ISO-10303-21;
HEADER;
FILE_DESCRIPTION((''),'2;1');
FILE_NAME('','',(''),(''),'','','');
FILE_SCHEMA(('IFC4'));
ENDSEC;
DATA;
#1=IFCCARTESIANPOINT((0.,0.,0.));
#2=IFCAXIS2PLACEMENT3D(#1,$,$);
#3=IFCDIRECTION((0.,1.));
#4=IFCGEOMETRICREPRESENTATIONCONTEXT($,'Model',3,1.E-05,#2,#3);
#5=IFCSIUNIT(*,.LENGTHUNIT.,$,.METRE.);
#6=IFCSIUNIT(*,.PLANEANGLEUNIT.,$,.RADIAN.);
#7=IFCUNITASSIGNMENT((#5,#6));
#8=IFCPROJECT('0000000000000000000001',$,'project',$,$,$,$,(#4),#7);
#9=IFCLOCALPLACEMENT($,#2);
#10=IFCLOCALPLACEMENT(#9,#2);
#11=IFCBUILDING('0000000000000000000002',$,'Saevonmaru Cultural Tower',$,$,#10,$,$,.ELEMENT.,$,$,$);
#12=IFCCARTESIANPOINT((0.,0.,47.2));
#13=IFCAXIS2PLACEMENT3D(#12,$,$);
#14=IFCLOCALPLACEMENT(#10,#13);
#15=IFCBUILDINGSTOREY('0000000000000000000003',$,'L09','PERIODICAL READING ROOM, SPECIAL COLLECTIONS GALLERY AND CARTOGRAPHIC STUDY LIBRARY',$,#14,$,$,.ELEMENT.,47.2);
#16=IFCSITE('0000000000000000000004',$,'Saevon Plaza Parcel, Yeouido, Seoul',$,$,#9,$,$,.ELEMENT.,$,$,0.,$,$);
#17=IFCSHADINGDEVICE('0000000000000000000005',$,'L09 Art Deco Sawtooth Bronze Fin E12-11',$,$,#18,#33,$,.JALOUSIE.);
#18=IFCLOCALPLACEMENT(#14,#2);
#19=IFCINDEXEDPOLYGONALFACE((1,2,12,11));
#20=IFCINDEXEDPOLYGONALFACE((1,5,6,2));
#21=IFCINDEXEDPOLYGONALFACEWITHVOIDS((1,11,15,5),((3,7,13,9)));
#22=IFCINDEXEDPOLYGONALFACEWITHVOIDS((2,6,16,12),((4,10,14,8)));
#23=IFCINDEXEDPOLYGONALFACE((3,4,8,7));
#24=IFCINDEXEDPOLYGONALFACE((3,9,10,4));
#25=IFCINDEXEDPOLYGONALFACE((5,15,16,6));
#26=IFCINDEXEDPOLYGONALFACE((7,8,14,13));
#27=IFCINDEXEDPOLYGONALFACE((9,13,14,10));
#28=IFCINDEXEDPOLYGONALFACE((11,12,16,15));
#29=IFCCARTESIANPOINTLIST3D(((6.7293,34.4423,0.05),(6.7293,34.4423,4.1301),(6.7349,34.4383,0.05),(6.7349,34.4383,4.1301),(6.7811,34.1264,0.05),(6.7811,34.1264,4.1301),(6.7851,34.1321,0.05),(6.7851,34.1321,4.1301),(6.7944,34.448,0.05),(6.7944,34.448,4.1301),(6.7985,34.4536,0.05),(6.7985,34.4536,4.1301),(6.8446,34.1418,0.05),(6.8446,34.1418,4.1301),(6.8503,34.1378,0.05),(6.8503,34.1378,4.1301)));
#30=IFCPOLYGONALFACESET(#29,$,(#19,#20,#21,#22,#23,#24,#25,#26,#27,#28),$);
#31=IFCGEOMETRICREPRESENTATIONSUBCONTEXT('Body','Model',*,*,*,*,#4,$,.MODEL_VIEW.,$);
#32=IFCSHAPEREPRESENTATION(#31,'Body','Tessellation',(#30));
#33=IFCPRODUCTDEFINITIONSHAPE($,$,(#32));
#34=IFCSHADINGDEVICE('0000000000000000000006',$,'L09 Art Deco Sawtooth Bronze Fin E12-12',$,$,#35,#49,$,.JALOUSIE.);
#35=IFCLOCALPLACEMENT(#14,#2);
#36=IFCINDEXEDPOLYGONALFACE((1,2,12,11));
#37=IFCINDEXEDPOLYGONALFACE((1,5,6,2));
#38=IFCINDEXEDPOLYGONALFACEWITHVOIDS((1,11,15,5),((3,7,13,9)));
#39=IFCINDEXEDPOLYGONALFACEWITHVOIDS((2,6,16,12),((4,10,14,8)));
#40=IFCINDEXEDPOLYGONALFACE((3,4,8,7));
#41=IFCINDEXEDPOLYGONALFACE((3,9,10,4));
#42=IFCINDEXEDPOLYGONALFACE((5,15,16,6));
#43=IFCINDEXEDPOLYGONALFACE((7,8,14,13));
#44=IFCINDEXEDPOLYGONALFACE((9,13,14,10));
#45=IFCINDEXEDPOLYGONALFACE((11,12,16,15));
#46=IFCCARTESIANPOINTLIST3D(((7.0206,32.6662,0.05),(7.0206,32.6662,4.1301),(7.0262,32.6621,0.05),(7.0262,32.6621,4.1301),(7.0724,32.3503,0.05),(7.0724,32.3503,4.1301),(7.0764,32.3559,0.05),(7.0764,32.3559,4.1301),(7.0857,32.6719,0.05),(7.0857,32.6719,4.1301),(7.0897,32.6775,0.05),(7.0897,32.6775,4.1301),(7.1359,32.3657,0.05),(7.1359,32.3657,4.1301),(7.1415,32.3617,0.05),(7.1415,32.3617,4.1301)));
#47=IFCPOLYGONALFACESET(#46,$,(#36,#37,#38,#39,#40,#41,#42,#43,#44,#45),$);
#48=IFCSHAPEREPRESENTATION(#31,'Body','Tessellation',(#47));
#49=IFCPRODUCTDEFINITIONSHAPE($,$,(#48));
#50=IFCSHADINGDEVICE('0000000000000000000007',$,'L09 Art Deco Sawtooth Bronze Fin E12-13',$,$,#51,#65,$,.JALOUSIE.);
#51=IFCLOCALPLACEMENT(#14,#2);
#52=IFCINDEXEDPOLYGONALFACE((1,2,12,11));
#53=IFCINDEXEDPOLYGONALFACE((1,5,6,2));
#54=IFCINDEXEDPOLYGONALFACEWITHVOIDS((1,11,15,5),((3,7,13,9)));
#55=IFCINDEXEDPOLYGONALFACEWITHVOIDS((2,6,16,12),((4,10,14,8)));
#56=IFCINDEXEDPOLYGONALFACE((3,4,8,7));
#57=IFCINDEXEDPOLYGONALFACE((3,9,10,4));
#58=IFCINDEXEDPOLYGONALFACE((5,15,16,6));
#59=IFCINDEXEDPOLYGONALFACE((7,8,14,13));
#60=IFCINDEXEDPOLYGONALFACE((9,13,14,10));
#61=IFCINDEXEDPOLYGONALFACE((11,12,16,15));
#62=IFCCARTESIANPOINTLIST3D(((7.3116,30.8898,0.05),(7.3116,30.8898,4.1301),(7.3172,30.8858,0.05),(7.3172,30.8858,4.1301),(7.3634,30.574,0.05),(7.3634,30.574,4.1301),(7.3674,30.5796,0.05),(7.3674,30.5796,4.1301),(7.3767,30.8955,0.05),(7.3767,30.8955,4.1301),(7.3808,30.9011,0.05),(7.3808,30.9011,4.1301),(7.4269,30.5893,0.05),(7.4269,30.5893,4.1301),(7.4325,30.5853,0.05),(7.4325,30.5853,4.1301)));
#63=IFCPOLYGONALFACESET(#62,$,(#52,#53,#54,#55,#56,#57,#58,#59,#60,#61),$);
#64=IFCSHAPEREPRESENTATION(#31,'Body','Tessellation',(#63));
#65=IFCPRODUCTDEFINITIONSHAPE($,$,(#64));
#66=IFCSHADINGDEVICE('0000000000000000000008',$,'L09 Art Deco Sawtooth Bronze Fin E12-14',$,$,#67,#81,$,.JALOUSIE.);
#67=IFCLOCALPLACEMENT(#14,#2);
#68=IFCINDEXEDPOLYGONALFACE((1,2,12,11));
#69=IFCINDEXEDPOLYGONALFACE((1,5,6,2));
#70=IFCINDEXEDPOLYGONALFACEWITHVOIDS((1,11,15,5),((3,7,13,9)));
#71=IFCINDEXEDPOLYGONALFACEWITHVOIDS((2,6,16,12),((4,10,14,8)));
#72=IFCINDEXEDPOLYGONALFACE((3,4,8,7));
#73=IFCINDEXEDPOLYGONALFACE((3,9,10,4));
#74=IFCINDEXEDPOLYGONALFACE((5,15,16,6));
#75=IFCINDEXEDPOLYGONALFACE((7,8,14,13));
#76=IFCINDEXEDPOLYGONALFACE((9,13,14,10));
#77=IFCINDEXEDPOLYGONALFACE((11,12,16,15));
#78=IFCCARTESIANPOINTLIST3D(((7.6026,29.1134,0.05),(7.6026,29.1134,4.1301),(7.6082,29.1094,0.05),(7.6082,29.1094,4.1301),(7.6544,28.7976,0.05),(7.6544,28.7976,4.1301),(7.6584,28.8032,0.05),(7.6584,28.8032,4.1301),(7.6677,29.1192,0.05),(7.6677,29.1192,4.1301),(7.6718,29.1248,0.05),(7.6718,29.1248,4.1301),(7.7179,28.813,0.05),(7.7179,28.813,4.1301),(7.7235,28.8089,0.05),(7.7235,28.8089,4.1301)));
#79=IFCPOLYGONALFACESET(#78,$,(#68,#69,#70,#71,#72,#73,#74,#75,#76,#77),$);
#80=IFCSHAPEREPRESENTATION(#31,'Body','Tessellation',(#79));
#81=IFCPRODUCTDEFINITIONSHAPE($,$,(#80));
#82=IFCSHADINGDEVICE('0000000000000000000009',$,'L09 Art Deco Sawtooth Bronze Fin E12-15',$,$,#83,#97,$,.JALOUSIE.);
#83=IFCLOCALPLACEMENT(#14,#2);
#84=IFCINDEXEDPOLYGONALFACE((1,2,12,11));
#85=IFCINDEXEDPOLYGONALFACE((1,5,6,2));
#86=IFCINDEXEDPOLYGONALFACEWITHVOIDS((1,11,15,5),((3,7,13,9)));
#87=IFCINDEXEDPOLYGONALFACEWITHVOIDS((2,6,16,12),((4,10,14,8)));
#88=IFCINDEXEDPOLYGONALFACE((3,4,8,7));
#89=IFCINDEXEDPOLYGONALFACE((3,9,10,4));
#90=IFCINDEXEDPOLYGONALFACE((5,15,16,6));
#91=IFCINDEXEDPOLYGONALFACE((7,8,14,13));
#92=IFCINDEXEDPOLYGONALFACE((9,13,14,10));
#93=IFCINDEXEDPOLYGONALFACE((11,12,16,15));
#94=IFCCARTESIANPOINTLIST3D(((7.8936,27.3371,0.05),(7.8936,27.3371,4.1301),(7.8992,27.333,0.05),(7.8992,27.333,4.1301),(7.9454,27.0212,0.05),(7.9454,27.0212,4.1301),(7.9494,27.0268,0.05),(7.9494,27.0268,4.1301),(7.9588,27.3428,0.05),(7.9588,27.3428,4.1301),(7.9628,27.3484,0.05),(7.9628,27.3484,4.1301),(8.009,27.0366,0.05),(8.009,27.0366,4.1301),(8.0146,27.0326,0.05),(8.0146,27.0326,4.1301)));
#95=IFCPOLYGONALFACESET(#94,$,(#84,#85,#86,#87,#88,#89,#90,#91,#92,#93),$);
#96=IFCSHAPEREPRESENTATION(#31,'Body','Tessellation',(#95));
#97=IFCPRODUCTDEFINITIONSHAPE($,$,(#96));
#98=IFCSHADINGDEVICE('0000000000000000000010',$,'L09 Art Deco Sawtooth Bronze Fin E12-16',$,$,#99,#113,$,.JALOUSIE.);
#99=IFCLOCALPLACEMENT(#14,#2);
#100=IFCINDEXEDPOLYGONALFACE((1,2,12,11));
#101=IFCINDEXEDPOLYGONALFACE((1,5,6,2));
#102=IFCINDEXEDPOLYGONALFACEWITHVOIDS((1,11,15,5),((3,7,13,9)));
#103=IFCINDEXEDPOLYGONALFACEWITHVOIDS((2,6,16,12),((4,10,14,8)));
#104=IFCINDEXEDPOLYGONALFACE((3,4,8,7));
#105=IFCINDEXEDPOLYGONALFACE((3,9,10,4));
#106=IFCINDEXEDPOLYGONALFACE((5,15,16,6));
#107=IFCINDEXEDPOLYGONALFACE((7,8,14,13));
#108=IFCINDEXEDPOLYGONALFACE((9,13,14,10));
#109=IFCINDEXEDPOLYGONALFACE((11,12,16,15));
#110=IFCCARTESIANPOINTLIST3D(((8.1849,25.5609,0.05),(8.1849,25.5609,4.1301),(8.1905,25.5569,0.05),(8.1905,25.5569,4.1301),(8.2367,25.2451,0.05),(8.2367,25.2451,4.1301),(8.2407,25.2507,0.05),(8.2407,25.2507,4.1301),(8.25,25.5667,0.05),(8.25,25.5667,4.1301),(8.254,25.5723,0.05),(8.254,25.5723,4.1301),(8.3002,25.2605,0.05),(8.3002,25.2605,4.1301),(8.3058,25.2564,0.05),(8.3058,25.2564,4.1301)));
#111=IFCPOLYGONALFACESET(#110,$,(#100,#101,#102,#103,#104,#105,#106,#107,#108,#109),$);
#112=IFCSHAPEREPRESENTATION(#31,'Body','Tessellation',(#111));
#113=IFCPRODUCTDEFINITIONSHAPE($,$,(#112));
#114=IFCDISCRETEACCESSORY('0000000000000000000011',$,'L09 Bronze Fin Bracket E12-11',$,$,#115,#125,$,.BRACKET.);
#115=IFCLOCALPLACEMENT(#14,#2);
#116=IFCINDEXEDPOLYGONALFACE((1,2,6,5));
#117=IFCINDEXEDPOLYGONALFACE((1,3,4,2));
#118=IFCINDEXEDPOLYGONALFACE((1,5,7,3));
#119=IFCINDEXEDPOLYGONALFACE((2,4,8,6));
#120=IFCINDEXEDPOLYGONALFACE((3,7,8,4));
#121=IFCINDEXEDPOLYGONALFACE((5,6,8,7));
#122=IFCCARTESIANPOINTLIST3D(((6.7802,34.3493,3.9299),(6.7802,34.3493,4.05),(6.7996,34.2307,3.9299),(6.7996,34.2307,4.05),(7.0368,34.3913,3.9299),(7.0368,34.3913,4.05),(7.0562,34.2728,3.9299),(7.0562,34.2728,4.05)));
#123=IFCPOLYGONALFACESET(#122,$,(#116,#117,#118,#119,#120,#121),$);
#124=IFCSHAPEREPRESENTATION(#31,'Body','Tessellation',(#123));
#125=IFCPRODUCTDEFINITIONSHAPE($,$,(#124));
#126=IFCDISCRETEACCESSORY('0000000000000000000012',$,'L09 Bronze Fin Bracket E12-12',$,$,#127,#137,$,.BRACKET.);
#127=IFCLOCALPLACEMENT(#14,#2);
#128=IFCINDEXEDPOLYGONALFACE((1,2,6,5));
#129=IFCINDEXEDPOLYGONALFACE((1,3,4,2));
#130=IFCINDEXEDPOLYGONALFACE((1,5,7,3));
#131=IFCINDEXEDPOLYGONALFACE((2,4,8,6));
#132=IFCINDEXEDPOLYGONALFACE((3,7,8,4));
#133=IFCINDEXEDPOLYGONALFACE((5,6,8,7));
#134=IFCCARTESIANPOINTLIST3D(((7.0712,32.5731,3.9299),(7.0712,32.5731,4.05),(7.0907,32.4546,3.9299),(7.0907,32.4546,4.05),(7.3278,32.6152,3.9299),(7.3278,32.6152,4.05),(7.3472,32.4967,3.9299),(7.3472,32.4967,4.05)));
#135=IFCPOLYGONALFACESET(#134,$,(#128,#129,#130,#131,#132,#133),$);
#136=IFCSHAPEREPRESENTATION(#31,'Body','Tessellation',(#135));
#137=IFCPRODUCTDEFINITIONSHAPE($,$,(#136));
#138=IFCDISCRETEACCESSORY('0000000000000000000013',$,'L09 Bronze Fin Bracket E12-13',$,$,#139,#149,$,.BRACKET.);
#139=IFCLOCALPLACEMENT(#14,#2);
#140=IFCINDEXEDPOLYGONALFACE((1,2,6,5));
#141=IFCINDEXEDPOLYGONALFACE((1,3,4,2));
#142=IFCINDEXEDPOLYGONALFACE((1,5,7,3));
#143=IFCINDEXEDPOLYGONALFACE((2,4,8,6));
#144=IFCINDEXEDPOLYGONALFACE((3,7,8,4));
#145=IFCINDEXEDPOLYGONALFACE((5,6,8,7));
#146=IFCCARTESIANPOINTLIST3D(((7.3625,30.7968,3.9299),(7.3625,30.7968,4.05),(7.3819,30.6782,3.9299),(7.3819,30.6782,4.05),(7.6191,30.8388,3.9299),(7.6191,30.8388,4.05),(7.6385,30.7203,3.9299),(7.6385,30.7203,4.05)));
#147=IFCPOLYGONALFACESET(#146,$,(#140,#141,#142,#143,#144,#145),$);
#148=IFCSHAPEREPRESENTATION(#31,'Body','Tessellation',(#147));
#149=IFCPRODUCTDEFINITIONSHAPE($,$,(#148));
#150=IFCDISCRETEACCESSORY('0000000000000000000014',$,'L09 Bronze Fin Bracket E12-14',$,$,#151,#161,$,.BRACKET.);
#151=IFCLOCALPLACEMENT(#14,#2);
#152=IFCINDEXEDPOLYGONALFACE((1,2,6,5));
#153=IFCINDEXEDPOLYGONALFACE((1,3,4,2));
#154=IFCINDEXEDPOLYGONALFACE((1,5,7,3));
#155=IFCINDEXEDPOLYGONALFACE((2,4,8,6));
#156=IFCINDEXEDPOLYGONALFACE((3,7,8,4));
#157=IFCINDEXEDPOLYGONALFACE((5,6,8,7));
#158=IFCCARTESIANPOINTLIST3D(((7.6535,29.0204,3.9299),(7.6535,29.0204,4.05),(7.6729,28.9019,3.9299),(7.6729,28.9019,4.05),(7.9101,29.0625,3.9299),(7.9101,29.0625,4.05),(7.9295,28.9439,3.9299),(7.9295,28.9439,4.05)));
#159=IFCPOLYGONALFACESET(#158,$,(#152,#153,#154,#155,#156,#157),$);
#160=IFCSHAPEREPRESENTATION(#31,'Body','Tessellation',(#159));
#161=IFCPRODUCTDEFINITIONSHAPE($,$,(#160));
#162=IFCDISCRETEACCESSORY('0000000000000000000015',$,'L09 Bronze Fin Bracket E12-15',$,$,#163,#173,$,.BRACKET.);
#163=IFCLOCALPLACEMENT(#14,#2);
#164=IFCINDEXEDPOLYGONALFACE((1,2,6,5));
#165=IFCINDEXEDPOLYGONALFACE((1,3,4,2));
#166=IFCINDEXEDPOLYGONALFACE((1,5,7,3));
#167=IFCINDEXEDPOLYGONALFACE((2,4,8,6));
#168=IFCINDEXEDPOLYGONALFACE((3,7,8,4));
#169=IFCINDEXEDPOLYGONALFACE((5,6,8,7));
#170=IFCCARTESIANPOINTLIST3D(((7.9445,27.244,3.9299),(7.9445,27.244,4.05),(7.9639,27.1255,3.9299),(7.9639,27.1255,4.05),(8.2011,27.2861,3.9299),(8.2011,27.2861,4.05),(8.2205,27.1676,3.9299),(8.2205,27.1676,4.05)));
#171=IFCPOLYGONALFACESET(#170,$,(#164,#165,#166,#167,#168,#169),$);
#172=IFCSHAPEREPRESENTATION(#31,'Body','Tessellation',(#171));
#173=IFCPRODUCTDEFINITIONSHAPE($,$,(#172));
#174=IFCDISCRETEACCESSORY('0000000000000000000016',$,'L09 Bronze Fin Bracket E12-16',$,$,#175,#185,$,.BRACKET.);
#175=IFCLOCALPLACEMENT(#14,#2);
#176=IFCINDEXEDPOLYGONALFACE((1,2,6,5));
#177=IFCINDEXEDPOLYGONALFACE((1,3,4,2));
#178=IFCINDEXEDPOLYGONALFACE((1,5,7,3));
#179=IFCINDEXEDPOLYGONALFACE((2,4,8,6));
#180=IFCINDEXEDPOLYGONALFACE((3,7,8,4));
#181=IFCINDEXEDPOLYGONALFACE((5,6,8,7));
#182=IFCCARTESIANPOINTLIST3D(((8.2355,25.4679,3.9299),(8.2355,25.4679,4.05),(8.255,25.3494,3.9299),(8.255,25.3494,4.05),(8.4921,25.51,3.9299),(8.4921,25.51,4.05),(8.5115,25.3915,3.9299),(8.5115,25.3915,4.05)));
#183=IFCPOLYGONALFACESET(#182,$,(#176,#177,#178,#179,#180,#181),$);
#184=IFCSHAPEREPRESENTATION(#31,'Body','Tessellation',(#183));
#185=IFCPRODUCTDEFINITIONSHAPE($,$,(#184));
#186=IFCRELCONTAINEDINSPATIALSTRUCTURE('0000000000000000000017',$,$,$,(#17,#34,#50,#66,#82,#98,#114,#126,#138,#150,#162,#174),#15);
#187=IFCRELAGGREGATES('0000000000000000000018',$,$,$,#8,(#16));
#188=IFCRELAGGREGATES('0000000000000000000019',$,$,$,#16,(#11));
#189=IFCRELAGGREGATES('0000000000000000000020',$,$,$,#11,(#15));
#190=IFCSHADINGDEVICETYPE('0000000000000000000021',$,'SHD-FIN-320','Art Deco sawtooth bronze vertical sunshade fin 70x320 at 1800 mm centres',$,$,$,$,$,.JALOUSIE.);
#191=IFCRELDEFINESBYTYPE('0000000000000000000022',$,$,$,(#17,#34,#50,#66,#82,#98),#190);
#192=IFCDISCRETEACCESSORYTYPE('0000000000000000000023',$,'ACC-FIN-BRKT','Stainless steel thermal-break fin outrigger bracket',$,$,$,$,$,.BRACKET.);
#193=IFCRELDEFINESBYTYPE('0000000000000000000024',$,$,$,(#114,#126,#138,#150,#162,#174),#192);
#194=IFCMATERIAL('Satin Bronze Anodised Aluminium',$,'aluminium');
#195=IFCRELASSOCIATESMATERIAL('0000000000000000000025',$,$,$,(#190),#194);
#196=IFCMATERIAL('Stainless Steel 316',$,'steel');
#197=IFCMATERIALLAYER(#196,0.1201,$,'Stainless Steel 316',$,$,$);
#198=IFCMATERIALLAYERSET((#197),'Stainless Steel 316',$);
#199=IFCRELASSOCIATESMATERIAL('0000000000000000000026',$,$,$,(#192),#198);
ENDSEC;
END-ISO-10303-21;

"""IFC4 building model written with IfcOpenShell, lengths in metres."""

from ifc_helpers import new_model, si_unit, direction, frame, origin, origin_2d, place, context, subcontext, project, spatial, rectangle, hollow_rectangle, extrude, material, layer, layer_set, material_profile, profile_set, type_object, element, save


model = new_model("IFC4")

# Units and contexts
model_context = context("Model", 3, precision=1e-05, world=origin(), true_north=direction((0.0, 1.0)))
body_context = subcontext(model_context, "Body", "Model", "MODEL_VIEW")
ifc_project = project(units=[si_unit("LENGTHUNIT", "METRE"), si_unit("PLANEANGLEUNIT", "RADIAN")], contexts=[model_context])

# Site, building, storey
site_placement = place(None, origin())
site = spatial("IfcSite", under=ifc_project, at=site_placement, Name="Saevon Plaza Parcel, Yeouido, Seoul", CompositionType="ELEMENT", RefElevation=0.0)
building_placement = place(site_placement, origin())
building = spatial("IfcBuilding", under=site, at=building_placement, Name="Saevonmaru Cultural Tower", CompositionType="ELEMENT")
storey_placement = place(building_placement, frame((0.0, 0.0, 47.2)))
storey = spatial("IfcBuildingStorey", under=building, at=storey_placement, Name="L09", Description="PERIODICAL READING ROOM, SPECIAL COLLECTIONS GALLERY AND CARTOGRAPHIC STUDY LIBRARY", CompositionType="ELEMENT", Elevation=47.2)

# Shared definitions
ifc_material_1 = material(Name="Satin Bronze Anodised Aluminium", Category="aluminium")

# Shading devices
ifc_material_profile_1 = material_profile(ifc_material_1, hollow_rectangle(XDim=0.0701, YDim=0.3201, WallThickness=0.0049, at=origin_2d()), Name="FIN-320x70")
ifc_profile_set_1 = profile_set([ifc_material_profile_1], Name="Satin Bronze Anodised Aluminium")
shading_device_type = type_object("IfcShadingDeviceType", Name="SHD-FIN-320", Description="Art Deco sawtooth bronze vertical sunshade fin 70x320 at 1800 mm centres", PredefinedType="JALOUSIE", material=ifc_profile_set_1)
for number, where, z_axis, x_axis, name in (
    (1, (6.7898, 34.29, 0.05), (0.0, 0.0, 1.0), (-0.986827, -0.161776, 0.0), "L09 Art Deco Sawtooth Bronze Fin E12-11"),
    (2, (7.0811, 32.5139, 0.05), (0.0, 0.0, 1.0), (-0.986827, -0.161776, 0.0), "L09 Art Deco Sawtooth Bronze Fin E12-12"),
    (3, (7.3721, 30.7375, 0.05), (0.0, 0.0, 1.0), (-0.986827, -0.161776, 0.0), "L09 Art Deco Sawtooth Bronze Fin E12-13"),
    (4, (7.6631, 28.9612, 0.05), (0.0, 0.0, 1.0), (-0.986827, -0.161776, 0.0), "L09 Art Deco Sawtooth Bronze Fin E12-14"),
    (5, (7.9541, 27.1848, 0.05), (0.0, 0.0, 1.0), (-0.986827, -0.161776, 0.0), "L09 Art Deco Sawtooth Bronze Fin E12-15"),
    (6, (8.2454, 25.4087, 0.05), (0.0, 0.0, 1.0), (-0.986827, -0.161776, 0.0), "L09 Art Deco Sawtooth Bronze Fin E12-16"),
):
    element("IfcShadingDevice", number, at=place(storey_placement, frame(where, z_axis=z_axis, x_axis=x_axis)), inside=storey, type_object=shading_device_type, Name=name, PredefinedType="JALOUSIE", context=body_context, shape_type="SweptSolid", body=[
        extrude(hollow_rectangle(XDim=0.0701, YDim=0.3201, WallThickness=0.0049, at=origin_2d()), origin(), (0.0, 0.0, 1.0), 4.0801),
    ])

# Discrete accessories
ifc_material_2 = material(Name="Stainless Steel 316", Category="steel")
ifc_layer_1 = layer(ifc_material_2, 0.1201, Name="Stainless Steel 316")
ifc_layer_set_1 = layer_set([ifc_layer_1], Name="Stainless Steel 316")
discrete_accessory_type = type_object("IfcDiscreteAccessoryType", Name="ACC-FIN-BRKT", Description="Stainless steel thermal-break fin outrigger bracket", PredefinedType="BRACKET", material=ifc_layer_set_1)
for number, where, z_axis, x_axis, name in (
    (7, (6.9182, 34.311, 3.9299), (0.0, 0.0, 1.0), (-0.986827, -0.161776, 0.0), "L09 Bronze Fin Bracket E12-11"),
    (8, (7.2092, 32.5349, 3.9299), (0.0, 0.0, 1.0), (-0.986827, -0.161776, 0.0), "L09 Bronze Fin Bracket E12-12"),
    (9, (7.5005, 30.7585, 3.9299), (0.0, 0.0, 1.0), (-0.986827, -0.161776, 0.0), "L09 Bronze Fin Bracket E12-13"),
    (10, (7.7915, 28.9822, 3.9299), (0.0, 0.0, 1.0), (-0.986827, -0.161776, 0.0), "L09 Bronze Fin Bracket E12-14"),
    (11, (8.0825, 27.2058, 3.9299), (0.0, 0.0, 1.0), (-0.986827, -0.161776, 0.0), "L09 Bronze Fin Bracket E12-15"),
    (12, (8.3735, 25.4297, 3.9299), (0.0, 0.0, 1.0), (-0.986827, -0.161776, 0.0), "L09 Bronze Fin Bracket E12-16"),
):
    element("IfcDiscreteAccessory", number, at=place(storey_placement, frame(where, z_axis=z_axis, x_axis=x_axis)), inside=storey, type_object=discrete_accessory_type, Name=name, PredefinedType="BRACKET", context=body_context, shape_type="SweptSolid", body=[
        extrude(rectangle(XDim=0.26, YDim=0.1201, at=origin_2d()), origin(), (0.0, 0.0, 1.0), 0.1201),
    ])

save(model, "model.ifc")
